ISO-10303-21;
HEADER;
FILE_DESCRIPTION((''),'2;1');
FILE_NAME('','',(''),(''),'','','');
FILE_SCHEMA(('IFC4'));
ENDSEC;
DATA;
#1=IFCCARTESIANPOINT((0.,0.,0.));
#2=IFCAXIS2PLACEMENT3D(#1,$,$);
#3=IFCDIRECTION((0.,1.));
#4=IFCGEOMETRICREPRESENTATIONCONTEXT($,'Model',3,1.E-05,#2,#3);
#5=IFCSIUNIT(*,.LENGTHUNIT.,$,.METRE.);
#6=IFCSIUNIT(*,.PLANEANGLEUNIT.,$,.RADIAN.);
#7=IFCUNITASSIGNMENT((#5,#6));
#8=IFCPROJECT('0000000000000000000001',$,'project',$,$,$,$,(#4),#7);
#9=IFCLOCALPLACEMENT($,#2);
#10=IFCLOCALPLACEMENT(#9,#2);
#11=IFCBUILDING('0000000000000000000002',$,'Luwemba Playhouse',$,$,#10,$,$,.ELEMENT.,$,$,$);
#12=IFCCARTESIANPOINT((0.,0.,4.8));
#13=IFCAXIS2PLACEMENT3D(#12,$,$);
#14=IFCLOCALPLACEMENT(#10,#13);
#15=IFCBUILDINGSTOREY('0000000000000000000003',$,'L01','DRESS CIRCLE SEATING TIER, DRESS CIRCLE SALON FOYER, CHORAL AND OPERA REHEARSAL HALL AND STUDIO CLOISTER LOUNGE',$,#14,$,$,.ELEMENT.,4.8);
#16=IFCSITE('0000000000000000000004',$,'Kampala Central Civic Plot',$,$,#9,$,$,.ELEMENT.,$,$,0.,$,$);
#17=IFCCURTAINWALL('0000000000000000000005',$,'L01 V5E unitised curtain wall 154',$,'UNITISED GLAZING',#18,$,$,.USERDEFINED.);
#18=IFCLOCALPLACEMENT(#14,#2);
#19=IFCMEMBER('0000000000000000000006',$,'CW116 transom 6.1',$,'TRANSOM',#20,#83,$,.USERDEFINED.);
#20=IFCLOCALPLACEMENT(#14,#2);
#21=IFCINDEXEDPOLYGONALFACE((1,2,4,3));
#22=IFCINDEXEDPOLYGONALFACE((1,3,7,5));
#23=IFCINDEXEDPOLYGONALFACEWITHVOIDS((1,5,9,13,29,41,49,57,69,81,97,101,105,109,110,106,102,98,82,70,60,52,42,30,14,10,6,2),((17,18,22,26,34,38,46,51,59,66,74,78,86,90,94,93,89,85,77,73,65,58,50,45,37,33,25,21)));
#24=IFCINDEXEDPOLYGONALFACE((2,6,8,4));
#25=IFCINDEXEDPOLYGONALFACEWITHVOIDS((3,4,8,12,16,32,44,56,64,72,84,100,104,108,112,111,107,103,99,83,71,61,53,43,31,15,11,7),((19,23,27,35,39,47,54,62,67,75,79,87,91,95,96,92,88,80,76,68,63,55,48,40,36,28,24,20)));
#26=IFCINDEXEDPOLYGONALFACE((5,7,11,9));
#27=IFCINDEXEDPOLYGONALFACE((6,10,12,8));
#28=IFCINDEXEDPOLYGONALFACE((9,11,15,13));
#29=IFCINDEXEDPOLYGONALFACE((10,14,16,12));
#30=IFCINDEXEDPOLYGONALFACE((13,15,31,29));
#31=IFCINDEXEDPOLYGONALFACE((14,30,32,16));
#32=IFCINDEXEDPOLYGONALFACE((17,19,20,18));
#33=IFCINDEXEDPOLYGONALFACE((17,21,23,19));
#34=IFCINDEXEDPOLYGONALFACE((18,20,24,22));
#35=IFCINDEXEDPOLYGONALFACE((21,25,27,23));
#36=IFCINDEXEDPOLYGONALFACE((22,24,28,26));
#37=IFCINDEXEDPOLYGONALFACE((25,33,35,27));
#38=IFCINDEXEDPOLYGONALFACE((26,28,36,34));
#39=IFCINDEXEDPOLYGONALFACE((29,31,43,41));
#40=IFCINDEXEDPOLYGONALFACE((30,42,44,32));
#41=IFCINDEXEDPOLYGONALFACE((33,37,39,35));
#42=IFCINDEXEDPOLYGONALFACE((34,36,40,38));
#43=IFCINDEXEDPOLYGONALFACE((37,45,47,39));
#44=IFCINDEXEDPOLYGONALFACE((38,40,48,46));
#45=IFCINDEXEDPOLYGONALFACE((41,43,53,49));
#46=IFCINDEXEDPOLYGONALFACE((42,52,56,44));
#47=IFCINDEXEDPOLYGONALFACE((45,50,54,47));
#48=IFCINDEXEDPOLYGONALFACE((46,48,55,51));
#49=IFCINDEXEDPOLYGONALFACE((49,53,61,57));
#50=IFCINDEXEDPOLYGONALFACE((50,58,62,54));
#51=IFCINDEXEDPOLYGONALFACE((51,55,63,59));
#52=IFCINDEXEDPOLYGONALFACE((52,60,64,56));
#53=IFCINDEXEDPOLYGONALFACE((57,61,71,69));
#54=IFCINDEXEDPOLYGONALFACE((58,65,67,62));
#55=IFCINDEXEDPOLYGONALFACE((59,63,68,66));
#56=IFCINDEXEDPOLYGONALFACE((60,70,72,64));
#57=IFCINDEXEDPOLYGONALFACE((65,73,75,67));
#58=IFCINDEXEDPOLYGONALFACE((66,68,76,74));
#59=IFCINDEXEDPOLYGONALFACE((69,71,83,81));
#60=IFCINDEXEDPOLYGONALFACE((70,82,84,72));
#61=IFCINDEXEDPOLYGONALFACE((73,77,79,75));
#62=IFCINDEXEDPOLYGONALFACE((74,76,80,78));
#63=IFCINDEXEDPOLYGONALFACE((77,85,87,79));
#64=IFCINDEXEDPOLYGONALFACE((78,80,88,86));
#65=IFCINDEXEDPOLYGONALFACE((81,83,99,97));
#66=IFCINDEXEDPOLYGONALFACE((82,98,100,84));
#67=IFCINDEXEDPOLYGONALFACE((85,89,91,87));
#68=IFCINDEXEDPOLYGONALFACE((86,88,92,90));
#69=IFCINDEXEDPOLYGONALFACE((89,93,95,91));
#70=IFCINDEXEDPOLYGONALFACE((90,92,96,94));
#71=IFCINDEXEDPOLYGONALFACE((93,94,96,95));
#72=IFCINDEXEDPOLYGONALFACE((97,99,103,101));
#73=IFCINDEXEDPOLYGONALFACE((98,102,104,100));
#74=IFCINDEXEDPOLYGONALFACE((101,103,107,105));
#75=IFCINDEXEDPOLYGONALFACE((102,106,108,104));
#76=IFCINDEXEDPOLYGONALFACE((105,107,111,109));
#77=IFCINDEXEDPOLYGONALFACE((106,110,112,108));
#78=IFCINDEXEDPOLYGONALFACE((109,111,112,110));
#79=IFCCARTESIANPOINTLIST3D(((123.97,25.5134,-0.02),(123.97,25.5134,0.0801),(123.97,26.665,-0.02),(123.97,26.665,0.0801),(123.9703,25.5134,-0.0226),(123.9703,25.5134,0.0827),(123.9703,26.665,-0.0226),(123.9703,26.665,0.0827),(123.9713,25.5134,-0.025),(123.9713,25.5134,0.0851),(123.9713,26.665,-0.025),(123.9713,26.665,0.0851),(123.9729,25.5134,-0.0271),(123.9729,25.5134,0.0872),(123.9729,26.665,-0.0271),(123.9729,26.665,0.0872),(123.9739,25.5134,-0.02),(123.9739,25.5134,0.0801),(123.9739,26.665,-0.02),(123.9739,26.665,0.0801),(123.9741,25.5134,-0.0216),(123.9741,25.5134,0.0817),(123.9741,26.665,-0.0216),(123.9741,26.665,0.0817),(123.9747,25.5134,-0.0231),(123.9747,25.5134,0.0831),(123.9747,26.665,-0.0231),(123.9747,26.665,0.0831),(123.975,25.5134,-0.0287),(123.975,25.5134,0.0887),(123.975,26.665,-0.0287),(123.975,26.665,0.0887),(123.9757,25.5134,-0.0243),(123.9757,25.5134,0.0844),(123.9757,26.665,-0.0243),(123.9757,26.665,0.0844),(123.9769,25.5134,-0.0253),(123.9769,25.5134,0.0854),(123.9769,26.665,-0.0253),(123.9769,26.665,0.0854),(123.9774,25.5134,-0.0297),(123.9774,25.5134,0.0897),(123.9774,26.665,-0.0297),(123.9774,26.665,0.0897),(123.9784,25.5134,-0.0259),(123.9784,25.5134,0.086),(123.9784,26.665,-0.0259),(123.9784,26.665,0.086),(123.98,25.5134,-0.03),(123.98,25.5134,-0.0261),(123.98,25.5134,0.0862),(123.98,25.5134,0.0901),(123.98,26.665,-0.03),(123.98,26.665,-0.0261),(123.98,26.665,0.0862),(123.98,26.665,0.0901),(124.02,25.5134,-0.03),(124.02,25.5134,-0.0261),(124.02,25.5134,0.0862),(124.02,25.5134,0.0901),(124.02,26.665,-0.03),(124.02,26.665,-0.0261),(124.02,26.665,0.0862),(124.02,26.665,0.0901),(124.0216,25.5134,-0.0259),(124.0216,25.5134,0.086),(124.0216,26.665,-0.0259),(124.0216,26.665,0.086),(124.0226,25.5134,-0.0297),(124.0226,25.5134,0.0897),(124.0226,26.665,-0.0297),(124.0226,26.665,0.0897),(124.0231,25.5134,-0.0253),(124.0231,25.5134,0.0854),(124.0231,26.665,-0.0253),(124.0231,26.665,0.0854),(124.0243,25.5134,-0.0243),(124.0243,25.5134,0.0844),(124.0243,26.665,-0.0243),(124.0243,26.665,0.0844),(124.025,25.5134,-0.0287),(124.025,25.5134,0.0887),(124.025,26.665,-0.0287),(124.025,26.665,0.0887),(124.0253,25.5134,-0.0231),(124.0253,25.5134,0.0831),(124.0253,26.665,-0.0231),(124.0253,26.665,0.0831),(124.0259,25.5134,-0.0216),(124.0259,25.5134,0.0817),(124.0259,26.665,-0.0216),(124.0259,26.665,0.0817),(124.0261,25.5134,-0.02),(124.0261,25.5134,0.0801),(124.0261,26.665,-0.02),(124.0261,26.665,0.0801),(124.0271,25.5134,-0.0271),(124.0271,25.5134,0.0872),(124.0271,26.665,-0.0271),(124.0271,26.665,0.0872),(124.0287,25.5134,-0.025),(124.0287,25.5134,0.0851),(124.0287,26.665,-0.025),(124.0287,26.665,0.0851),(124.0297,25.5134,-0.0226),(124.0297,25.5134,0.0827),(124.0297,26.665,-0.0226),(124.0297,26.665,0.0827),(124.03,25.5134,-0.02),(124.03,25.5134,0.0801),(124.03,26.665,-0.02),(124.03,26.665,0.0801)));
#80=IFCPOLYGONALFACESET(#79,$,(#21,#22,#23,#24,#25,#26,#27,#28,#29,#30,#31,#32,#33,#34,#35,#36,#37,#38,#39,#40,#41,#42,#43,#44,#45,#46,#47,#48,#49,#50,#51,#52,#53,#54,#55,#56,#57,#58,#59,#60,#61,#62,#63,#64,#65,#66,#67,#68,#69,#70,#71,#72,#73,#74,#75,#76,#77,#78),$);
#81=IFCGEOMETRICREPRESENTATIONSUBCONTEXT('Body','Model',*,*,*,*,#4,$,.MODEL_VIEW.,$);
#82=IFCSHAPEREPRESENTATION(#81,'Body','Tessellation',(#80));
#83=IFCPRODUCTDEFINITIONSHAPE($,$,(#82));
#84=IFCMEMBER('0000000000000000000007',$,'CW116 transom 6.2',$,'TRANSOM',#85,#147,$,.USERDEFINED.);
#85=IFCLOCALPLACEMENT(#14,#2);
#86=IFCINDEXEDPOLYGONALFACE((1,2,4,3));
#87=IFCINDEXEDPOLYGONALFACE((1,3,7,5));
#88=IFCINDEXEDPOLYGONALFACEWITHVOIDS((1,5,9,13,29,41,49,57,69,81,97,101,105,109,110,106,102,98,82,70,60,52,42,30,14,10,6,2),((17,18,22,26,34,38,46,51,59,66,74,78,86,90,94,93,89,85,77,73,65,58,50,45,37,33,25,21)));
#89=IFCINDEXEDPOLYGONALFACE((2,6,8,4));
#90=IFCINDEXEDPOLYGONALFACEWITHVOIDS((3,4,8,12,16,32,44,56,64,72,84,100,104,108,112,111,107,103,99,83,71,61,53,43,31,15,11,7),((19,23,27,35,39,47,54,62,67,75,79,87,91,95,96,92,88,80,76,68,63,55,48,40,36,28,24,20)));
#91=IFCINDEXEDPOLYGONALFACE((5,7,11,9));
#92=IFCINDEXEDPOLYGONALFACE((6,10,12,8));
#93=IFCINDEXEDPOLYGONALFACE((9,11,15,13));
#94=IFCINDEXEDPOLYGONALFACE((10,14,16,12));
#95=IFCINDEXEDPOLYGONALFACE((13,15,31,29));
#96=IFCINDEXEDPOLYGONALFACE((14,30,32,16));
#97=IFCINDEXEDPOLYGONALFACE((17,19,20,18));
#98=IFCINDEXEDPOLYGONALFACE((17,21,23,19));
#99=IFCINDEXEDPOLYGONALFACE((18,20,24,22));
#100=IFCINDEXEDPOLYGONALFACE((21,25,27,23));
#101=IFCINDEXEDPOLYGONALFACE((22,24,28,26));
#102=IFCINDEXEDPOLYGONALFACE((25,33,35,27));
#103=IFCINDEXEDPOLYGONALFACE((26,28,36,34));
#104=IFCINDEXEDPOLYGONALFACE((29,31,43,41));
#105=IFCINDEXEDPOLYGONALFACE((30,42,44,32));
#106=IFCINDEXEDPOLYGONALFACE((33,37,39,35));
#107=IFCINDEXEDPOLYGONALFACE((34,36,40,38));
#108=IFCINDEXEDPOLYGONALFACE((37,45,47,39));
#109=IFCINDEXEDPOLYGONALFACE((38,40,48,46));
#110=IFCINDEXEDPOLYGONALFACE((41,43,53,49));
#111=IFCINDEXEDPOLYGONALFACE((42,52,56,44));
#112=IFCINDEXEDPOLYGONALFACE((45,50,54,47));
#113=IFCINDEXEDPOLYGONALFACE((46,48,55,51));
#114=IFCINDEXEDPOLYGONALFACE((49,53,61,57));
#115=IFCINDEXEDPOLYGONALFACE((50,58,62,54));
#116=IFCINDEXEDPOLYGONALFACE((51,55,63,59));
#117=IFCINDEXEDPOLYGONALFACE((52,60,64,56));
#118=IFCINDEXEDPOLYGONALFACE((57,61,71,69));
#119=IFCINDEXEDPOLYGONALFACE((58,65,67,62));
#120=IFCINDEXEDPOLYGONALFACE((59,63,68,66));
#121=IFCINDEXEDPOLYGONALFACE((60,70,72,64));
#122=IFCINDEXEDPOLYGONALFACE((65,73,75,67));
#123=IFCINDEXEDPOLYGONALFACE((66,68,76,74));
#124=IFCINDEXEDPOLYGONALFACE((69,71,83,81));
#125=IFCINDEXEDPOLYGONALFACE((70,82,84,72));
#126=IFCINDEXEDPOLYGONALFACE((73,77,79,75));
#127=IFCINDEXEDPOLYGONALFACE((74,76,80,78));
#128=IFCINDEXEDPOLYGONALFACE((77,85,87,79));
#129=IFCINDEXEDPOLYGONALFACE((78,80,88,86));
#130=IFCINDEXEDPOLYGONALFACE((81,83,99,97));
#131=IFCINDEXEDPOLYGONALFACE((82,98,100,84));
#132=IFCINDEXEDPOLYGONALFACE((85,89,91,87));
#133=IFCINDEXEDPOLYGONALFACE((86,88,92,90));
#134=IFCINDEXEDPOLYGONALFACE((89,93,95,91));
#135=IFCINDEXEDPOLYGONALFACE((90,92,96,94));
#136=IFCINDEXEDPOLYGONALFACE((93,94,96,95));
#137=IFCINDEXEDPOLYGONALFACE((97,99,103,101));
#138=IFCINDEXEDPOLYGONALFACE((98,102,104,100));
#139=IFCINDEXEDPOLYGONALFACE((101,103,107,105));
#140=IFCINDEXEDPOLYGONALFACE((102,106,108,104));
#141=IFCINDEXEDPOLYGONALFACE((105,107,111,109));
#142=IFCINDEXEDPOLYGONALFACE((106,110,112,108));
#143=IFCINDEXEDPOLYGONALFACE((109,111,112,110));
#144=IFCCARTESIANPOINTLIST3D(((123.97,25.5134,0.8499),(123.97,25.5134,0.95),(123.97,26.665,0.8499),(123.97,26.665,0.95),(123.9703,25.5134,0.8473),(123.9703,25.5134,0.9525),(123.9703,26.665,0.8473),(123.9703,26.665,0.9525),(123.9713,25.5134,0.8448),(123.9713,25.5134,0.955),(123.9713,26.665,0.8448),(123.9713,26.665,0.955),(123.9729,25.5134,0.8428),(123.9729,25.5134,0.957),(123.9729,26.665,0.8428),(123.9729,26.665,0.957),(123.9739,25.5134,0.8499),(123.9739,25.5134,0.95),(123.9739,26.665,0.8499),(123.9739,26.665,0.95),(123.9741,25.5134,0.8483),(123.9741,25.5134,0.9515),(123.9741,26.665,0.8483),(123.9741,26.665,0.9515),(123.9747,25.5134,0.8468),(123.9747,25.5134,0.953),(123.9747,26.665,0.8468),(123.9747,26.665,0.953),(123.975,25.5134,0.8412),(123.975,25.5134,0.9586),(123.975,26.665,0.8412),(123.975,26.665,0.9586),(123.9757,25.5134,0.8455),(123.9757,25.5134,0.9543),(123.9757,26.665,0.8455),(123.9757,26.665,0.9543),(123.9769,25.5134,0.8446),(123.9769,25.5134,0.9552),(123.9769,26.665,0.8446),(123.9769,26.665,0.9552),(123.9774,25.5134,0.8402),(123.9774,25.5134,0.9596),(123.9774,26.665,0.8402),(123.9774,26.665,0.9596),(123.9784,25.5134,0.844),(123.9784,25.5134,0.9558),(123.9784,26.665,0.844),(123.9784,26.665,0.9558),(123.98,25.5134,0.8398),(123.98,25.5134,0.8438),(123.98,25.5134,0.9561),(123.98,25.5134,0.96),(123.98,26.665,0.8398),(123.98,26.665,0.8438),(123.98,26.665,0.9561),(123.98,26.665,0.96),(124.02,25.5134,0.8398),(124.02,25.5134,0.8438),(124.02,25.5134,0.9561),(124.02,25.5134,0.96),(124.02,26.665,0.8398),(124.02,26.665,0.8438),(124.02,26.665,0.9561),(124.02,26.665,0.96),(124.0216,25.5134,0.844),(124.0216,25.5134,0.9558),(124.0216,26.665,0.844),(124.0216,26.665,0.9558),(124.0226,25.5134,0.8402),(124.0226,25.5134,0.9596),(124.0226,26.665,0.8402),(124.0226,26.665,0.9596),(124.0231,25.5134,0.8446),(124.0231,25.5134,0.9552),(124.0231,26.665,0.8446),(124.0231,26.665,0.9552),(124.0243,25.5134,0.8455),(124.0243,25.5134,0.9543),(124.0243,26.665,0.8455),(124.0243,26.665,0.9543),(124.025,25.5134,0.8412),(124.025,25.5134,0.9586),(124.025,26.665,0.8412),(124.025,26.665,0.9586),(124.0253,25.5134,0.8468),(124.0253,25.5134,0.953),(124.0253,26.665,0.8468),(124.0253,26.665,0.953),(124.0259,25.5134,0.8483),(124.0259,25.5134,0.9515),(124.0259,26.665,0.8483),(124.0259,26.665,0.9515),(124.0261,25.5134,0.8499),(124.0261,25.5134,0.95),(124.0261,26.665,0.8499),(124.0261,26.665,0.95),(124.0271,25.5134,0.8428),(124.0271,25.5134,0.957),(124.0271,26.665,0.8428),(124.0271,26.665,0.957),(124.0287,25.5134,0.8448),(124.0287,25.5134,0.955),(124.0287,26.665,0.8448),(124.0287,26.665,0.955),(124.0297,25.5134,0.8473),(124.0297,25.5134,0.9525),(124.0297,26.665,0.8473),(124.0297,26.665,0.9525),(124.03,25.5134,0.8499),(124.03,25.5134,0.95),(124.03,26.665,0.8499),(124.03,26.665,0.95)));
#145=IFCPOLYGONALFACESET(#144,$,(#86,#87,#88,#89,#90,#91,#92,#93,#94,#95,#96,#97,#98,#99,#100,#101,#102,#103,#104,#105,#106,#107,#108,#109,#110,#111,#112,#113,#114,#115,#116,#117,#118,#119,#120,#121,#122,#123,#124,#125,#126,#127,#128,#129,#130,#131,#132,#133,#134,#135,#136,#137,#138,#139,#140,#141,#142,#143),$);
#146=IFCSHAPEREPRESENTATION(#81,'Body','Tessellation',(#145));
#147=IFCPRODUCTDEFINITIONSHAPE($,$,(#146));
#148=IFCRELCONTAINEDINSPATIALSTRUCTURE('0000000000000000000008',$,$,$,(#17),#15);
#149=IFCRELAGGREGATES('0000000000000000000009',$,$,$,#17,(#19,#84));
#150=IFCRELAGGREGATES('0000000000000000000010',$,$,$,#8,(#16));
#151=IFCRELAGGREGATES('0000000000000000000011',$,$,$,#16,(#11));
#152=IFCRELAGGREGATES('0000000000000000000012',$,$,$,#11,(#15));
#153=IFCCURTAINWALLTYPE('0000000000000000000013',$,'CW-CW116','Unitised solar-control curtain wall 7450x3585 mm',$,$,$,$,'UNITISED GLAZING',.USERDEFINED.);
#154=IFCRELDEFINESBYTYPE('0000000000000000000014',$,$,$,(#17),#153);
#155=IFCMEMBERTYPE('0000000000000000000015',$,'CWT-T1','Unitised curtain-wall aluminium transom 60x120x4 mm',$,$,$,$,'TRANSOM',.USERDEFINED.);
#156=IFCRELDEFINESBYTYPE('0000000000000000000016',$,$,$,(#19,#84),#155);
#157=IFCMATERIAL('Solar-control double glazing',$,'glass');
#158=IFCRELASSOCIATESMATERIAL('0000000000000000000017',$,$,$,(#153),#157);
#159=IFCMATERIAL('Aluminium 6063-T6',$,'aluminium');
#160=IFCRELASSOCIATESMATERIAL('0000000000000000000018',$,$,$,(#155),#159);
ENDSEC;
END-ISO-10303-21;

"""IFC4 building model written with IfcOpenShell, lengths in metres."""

from ifc_helpers import new_model, si_unit, direction, frame, origin, origin_2d, place, context, subcontext, project, spatial, hollow_rectangle, extrude, material, material_profile, profile_set, type_object, element, aggregate, save


model = new_model("IFC4")

# Units and contexts
model_context = context("Model", 3, precision=1e-05, world=origin(), true_north=direction((0.0, 1.0)))
body_context = subcontext(model_context, "Body", "Model", "MODEL_VIEW")
ifc_project = project(units=[si_unit("LENGTHUNIT", "METRE"), si_unit("PLANEANGLEUNIT", "RADIAN")], contexts=[model_context])

# Site, building, storey
site_placement = place(None, origin())
site = spatial("IfcSite", under=ifc_project, at=site_placement, Name="Kampala Central Civic Plot", CompositionType="ELEMENT", RefElevation=0.0)
building_placement = place(site_placement, origin())
building = spatial("IfcBuilding", under=site, at=building_placement, Name="Luwemba Playhouse", CompositionType="ELEMENT")
storey_placement = place(building_placement, frame((0.0, 0.0, 4.8)))
storey = spatial("IfcBuildingStorey", under=building, at=storey_placement, Name="L01", Description="DRESS CIRCLE SEATING TIER, DRESS CIRCLE SALON FOYER, CHORAL AND OPERA REHEARSAL HALL AND STUDIO CLOISTER LOUNGE", CompositionType="ELEMENT", Elevation=4.8)

# Curtain wall
ifc_material_1 = material(Name="Solar-control double glazing", Category="glass")
curtain_wall_type_1 = type_object("IfcCurtainWallType", Name="CW-CW116", Description="Unitised solar-control curtain wall 7450x3585 mm", ElementType="UNITISED GLAZING", PredefinedType="USERDEFINED", material=ifc_material_1)
curtain_wall_1_placement = place(storey_placement, origin())
curtain_wall_1 = element("IfcCurtainWall", 1, at=curtain_wall_1_placement, inside=storey, type_object=curtain_wall_type_1, Name="L01 V5E unitised curtain wall 154", ObjectType="UNITISED GLAZING", PredefinedType="USERDEFINED")
ifc_material_2 = material(Name="Aluminium 6063-T6", Category="aluminium")

# Members
ifc_material_profile_1 = material_profile(ifc_material_2, hollow_rectangle(XDim=0.0601, YDim=0.1201, WallThickness=0.0039, InnerFilletRadius=0.0061, OuterFilletRadius=0.01, at=origin_2d()))
ifc_profile_set_1 = profile_set([ifc_material_profile_1], Name="Aluminium 6063-T6")
member_type_1 = type_object("IfcMemberType", Name="CWT-T1", Description="Unitised curtain-wall aluminium transom 60x120x4 mm", ElementType="TRANSOM", PredefinedType="USERDEFINED", material=ifc_profile_set_1)
member_1_placement = place(storey_placement, frame((124.0, 25.5134, 0.03), z_axis=(0.0, 1.0, 0.0), x_axis=(-1.0, 0.0, 0.0)))
member_1 = element("IfcMember", 2, at=member_1_placement, type_object=member_type_1, Name="CW116 transom 6.1", ObjectType="TRANSOM", PredefinedType="USERDEFINED", context=body_context, shape_type="SweptSolid", body=[
    extrude(hollow_rectangle(XDim=0.0601, YDim=0.1201, WallThickness=0.0039, InnerFilletRadius=0.0061, OuterFilletRadius=0.01, at=origin_2d()), origin(), (0.0, 0.0, 1.0), 1.1516),
])
member_2_placement = place(storey_placement, frame((124.0, 25.5134, 0.8999), z_axis=(0.0, 1.0, 0.0), x_axis=(-1.0, 0.0, 0.0)))
member_2 = element("IfcMember", 3, at=member_2_placement, type_object=member_type_1, Name="CW116 transom 6.2", ObjectType="TRANSOM", PredefinedType="USERDEFINED", context=body_context, shape_type="SweptSolid", body=[
    extrude(hollow_rectangle(XDim=0.0601, YDim=0.1201, WallThickness=0.0039, InnerFilletRadius=0.0061, OuterFilletRadius=0.01, at=origin_2d()), origin(), (0.0, 0.0, 1.0), 1.1516),
])

aggregate(curtain_wall_1, [member_1, member_2])

save(model, "model.ifc")
